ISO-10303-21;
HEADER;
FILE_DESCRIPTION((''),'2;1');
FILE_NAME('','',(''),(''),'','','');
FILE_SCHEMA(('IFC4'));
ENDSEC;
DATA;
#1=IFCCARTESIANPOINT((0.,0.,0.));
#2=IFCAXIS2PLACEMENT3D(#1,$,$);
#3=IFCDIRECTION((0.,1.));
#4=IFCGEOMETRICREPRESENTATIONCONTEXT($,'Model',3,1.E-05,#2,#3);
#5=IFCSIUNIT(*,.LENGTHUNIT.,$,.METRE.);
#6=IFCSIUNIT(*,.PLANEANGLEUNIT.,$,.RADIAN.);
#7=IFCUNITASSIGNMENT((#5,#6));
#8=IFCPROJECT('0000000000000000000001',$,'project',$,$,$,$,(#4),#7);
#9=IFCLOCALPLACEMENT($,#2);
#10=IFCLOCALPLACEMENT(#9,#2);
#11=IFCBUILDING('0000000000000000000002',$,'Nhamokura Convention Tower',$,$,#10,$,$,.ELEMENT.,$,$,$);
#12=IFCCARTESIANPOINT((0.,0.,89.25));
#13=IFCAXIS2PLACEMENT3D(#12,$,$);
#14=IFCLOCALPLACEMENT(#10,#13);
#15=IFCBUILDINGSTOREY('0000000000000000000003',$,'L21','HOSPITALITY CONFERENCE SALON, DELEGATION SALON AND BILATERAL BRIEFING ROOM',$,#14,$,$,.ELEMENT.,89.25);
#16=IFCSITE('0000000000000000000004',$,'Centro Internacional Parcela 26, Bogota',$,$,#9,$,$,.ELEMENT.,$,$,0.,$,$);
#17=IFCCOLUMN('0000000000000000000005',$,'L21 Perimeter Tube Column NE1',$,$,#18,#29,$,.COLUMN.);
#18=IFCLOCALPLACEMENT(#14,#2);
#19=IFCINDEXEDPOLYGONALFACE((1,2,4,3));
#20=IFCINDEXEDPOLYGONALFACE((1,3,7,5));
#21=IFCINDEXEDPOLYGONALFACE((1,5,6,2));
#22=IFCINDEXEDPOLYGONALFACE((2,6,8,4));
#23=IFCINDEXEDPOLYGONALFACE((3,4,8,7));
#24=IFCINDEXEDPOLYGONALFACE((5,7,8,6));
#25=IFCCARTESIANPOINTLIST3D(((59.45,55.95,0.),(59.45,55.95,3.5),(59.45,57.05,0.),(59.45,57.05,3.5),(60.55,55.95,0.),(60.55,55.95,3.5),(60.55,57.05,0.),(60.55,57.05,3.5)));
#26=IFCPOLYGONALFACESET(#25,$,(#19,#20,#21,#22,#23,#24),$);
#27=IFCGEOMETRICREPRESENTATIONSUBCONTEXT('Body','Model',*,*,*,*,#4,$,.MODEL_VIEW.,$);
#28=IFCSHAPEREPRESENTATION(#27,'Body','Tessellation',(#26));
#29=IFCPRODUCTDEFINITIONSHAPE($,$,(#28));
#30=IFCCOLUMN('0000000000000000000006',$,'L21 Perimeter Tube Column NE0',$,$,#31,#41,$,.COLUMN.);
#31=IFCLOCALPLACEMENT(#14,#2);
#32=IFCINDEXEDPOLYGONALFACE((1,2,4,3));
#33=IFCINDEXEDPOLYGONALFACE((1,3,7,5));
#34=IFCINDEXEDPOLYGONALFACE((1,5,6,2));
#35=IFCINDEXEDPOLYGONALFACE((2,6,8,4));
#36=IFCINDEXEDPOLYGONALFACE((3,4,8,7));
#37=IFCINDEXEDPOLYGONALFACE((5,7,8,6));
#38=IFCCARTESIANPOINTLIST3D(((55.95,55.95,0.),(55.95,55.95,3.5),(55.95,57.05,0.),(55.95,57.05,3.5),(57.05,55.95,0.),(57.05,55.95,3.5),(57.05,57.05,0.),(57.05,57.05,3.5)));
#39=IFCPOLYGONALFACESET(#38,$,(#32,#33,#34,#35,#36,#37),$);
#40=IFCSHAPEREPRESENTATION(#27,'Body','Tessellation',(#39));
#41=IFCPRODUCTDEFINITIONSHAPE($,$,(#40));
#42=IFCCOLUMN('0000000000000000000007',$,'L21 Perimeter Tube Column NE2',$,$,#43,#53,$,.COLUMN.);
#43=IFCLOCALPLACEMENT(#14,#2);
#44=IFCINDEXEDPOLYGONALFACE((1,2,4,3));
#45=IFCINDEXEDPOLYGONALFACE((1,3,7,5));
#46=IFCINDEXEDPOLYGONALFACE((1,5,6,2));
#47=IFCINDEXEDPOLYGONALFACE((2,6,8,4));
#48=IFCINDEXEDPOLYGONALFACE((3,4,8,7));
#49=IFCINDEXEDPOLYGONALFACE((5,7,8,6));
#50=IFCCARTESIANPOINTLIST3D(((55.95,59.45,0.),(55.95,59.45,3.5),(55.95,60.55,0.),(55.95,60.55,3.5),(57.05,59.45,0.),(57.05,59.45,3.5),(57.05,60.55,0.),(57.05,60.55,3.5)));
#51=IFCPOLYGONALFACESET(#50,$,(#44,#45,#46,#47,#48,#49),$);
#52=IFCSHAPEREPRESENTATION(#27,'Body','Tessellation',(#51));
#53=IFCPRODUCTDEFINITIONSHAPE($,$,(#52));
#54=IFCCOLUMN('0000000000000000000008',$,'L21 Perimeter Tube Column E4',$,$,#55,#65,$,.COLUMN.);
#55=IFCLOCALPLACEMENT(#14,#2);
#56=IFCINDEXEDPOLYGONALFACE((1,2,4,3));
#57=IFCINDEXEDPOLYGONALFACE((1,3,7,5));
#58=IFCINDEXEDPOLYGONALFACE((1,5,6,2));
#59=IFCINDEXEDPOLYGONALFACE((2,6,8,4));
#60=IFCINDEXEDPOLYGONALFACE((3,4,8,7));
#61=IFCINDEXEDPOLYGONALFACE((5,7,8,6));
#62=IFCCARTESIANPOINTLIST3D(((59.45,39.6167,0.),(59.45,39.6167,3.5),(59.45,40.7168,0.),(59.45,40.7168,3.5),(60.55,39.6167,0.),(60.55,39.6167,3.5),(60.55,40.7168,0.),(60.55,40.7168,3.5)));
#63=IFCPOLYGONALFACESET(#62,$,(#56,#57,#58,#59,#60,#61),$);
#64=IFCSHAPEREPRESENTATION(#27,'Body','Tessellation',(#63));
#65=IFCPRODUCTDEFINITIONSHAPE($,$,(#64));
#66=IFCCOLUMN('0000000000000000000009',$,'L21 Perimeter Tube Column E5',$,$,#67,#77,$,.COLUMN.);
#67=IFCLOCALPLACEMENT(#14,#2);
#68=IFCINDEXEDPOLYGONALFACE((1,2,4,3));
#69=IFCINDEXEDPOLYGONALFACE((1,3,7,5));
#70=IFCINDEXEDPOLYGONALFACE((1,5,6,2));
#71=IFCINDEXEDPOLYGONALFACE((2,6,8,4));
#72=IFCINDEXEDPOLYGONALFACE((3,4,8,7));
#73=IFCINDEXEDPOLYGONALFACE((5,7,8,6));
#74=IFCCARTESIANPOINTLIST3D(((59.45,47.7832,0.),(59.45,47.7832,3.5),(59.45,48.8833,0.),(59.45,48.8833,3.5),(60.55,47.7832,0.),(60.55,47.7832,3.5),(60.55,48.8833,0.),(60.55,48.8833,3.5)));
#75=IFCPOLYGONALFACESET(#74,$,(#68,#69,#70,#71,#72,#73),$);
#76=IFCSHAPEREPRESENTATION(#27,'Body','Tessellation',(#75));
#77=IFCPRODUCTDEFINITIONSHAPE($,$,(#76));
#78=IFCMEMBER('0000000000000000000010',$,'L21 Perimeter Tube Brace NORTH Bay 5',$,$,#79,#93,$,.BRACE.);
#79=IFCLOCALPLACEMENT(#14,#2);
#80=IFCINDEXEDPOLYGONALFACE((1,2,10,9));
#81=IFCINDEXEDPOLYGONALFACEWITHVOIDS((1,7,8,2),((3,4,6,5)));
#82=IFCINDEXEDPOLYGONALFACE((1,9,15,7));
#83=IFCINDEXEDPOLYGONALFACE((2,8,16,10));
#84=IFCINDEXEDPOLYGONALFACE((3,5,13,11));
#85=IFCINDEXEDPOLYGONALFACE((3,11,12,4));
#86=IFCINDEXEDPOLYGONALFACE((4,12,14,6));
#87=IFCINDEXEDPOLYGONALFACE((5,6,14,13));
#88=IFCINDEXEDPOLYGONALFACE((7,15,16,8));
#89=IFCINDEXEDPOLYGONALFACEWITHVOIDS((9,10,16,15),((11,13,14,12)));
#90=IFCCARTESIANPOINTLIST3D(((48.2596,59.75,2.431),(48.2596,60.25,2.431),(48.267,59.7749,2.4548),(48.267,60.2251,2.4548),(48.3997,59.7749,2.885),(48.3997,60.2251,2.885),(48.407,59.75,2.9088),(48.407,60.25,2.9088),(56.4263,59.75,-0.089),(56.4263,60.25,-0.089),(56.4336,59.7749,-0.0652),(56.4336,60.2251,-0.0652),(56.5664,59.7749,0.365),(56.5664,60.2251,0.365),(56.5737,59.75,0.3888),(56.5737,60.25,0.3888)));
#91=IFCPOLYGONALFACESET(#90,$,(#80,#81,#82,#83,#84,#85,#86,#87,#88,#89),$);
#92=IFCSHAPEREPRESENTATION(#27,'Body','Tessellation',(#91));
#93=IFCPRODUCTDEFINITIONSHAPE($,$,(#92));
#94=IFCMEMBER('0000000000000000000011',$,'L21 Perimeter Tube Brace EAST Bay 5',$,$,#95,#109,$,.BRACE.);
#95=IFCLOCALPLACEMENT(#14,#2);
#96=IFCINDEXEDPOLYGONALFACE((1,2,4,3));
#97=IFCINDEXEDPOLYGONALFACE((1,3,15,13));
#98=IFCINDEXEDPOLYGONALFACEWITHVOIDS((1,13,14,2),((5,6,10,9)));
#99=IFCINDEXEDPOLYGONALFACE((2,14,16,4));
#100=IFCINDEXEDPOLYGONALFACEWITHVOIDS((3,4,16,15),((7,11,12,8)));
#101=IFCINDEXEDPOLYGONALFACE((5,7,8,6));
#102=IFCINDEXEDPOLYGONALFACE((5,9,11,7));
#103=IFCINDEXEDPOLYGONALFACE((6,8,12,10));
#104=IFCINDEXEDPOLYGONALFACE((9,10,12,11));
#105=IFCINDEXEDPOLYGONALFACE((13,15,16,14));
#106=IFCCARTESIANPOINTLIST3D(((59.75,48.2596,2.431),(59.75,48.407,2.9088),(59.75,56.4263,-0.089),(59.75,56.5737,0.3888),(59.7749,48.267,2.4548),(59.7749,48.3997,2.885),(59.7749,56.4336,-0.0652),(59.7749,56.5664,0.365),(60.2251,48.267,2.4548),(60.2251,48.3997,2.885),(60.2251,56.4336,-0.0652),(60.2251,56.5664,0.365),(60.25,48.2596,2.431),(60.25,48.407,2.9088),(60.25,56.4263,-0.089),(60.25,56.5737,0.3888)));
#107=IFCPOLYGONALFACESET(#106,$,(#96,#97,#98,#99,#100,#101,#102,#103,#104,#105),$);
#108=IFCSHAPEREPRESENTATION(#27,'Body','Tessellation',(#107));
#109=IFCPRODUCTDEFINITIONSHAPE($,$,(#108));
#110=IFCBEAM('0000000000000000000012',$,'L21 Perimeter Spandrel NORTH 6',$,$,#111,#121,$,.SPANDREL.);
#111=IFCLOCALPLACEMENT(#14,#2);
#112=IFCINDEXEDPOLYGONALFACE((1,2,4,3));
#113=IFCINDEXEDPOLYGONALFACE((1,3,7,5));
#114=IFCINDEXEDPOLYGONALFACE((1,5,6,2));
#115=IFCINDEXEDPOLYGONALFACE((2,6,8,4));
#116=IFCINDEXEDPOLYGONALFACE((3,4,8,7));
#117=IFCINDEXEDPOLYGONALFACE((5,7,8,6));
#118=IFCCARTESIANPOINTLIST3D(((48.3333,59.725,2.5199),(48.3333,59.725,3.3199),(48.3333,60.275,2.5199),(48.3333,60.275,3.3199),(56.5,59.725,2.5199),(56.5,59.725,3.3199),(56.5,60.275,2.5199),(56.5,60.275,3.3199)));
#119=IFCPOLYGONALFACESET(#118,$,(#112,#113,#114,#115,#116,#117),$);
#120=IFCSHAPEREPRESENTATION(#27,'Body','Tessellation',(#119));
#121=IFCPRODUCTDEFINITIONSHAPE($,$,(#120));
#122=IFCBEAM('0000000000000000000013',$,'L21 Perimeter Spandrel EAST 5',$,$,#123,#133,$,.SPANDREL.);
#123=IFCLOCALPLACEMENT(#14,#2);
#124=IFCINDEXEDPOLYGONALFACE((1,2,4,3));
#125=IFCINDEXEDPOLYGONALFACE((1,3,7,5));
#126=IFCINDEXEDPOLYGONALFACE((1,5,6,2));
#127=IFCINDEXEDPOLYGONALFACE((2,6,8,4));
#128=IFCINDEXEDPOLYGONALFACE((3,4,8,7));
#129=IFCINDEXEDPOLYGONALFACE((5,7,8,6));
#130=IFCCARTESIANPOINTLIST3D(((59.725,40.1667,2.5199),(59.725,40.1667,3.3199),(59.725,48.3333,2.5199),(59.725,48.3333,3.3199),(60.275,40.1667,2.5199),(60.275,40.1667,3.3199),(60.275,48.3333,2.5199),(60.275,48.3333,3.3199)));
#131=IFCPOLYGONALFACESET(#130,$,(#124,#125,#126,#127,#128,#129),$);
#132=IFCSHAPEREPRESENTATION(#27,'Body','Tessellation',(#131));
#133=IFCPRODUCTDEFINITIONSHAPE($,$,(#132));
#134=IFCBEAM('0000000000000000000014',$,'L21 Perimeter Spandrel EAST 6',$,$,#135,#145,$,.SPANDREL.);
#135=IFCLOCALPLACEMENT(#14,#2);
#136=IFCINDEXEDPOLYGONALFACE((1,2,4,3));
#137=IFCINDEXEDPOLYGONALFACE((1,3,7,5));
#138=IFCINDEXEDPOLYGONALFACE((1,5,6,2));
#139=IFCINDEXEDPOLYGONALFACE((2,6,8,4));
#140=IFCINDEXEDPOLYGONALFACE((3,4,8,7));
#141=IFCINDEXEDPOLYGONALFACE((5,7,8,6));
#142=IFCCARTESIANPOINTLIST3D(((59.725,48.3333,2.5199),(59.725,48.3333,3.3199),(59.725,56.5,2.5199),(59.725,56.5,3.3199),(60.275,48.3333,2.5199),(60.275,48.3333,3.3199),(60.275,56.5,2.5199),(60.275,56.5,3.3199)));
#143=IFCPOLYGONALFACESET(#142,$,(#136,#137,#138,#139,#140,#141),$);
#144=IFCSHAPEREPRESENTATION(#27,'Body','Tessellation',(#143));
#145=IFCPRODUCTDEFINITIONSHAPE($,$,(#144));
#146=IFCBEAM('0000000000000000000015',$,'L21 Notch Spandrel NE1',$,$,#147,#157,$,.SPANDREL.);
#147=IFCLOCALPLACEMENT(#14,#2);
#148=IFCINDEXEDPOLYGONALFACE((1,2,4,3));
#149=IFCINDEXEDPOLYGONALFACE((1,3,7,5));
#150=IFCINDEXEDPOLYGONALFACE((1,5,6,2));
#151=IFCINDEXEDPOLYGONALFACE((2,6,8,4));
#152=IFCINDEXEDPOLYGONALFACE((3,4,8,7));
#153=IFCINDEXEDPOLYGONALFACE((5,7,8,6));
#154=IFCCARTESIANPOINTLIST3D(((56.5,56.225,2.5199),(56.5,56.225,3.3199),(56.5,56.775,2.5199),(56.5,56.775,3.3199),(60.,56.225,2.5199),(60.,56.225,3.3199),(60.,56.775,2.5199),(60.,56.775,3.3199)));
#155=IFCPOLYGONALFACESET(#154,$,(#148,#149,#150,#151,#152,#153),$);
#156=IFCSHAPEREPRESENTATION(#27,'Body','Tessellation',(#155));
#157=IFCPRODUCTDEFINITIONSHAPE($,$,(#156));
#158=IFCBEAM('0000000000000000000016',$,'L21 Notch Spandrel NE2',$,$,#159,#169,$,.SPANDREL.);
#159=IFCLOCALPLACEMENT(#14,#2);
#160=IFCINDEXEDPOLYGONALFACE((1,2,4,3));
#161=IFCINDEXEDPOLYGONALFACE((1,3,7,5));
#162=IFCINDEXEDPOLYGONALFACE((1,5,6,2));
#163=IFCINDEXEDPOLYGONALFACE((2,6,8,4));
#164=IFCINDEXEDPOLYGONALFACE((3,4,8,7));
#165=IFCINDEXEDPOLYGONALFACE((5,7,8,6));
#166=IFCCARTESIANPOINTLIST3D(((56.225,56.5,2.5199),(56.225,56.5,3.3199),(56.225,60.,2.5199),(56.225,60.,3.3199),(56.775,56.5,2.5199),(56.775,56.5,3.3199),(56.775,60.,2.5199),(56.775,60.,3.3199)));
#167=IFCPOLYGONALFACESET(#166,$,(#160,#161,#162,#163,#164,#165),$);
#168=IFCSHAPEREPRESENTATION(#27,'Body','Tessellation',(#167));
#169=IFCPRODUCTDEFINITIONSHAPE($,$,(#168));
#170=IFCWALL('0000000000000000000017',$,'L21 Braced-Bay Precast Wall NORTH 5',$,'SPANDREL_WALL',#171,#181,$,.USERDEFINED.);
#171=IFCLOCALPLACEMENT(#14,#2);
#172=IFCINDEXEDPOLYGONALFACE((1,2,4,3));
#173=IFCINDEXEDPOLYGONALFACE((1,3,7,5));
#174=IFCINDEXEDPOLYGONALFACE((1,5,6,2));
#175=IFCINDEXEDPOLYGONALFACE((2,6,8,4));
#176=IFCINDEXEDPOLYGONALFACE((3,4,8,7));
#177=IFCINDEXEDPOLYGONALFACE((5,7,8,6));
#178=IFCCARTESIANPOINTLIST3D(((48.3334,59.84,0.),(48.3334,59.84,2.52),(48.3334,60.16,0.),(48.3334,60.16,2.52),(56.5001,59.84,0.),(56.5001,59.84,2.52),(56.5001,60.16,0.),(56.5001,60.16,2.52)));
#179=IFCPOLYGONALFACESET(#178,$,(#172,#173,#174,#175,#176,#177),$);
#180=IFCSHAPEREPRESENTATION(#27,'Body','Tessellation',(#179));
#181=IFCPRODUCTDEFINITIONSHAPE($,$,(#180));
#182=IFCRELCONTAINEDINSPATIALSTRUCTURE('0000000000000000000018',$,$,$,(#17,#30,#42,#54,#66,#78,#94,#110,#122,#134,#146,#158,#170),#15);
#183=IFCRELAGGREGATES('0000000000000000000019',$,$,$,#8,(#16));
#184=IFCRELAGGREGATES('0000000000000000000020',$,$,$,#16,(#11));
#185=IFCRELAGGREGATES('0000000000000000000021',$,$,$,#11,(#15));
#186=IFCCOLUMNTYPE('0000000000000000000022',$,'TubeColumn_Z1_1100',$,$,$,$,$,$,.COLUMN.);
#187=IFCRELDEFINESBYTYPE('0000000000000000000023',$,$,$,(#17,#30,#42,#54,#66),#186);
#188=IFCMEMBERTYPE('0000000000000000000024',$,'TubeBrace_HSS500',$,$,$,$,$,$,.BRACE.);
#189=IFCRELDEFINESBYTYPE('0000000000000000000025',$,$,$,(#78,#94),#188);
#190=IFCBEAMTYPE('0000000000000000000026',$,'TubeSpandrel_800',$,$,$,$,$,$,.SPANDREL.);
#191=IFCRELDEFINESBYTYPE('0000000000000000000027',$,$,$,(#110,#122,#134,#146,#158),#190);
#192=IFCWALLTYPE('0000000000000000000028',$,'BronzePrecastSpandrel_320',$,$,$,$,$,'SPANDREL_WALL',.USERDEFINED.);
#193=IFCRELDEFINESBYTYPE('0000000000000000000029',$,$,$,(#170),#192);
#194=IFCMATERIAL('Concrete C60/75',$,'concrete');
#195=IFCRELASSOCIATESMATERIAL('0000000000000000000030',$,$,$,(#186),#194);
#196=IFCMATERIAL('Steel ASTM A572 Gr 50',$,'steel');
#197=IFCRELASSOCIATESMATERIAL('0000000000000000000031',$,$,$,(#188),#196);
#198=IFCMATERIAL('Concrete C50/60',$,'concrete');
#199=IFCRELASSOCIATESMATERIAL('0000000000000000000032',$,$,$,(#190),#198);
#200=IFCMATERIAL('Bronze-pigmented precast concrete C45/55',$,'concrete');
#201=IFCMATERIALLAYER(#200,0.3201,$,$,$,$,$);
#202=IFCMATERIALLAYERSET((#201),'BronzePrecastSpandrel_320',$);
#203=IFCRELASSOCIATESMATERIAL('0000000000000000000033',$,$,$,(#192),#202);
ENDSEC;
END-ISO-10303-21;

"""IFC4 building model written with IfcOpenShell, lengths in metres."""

from ifc_helpers import new_model, si_unit, direction, frame, frame_2d, origin, origin_2d, place, context, subcontext, project, spatial, rectangle, hollow_rectangle, extrude, material, layer, layer_set, material_profile, profile_set, type_object, element, save


model = new_model("IFC4")

# Units and contexts
model_context = context("Model", 3, precision=1e-05, world=origin(), true_north=direction((0.0, 1.0)))
body_context = subcontext(model_context, "Body", "Model", "MODEL_VIEW")
ifc_project = project(units=[si_unit("LENGTHUNIT", "METRE"), si_unit("PLANEANGLEUNIT", "RADIAN")], contexts=[model_context])

# Site, building, storey
site_placement = place(None, origin())
site = spatial("IfcSite", under=ifc_project, at=site_placement, Name="Centro Internacional Parcela 26, Bogota", CompositionType="ELEMENT", RefElevation=0.0)
building_placement = place(site_placement, origin())
building = spatial("IfcBuilding", under=site, at=building_placement, Name="Nhamokura Convention Tower", CompositionType="ELEMENT")
storey_placement = place(building_placement, frame((0.0, 0.0, 89.25)))
storey = spatial("IfcBuildingStorey", under=building, at=storey_placement, Name="L21", Description="HOSPITALITY CONFERENCE SALON, DELEGATION SALON AND BILATERAL BRIEFING ROOM", CompositionType="ELEMENT", Elevation=89.25)

# Columns
ifc_material_1 = material(Name="Concrete C60/75", Category="concrete")
ifc_material_profile_1 = material_profile(ifc_material_1, rectangle(XDim=1.1001, YDim=1.1001, at=origin_2d()))
ifc_profile_set_1 = profile_set([ifc_material_profile_1], Name="Concrete C60/75")
column_type = type_object("IfcColumnType", Name="TubeColumn_Z1_1100", PredefinedType="COLUMN", material=ifc_profile_set_1)
for number, where, z_axis, x_axis, name in (
    (1, (60.0, 56.5, 0.0), (0.0, 0.0, 1.0), (1.0, 0.0, 0.0), "L21 Perimeter Tube Column NE1"),
    (2, (56.5, 56.5, 0.0), (0.0, 0.0, 1.0), (1.0, 0.0, 0.0), "L21 Perimeter Tube Column NE0"),
    (3, (56.5, 60.0, 0.0), (0.0, 0.0, 1.0), (1.0, 0.0, 0.0), "L21 Perimeter Tube Column NE2"),
    (4, (60.0, 40.1667, 0.0), (0.0, 0.0, 1.0), (1.0, 0.0, 0.0), "L21 Perimeter Tube Column E4"),
    (5, (60.0, 48.3333, 0.0), (0.0, 0.0, 1.0), (1.0, 0.0, 0.0), "L21 Perimeter Tube Column E5"),
):
    element("IfcColumn", number, at=place(storey_placement, frame(where, z_axis=z_axis, x_axis=x_axis)), inside=storey, type_object=column_type, Name=name, PredefinedType="COLUMN", context=body_context, shape_type="SweptSolid", body=[
        extrude(rectangle(XDim=1.1001, YDim=1.1001, at=origin_2d()), origin(), (0.0, 0.0, 1.0), 3.5),
    ])

# Members
ifc_material_2 = material(Name="Steel ASTM A572 Gr 50", Category="steel")
ifc_material_profile_2 = material_profile(ifc_material_2, hollow_rectangle(XDim=0.5, YDim=0.5, WallThickness=0.0249, at=origin_2d()))
ifc_profile_set_2 = profile_set([ifc_material_profile_2], Name="Steel ASTM A572 Gr 50")
member_type = type_object("IfcMemberType", Name="TubeBrace_HSS500", PredefinedType="BRACE", material=ifc_profile_set_2)
for number, where, z_axis, x_axis, name in (
    (6, (56.5, 60.0, 0.1499), (-0.955543, 0.0, 0.294853), (0.0, -1.0, 0.0), "L21 Perimeter Tube Brace NORTH Bay 5"),
    (7, (60.0, 56.5, 0.1499), (0.0, -0.955543, 0.294853), (1.0, 0.0, 0.0), "L21 Perimeter Tube Brace EAST Bay 5"),
):
    element("IfcMember", number, at=place(storey_placement, frame(where, z_axis=z_axis, x_axis=x_axis)), inside=storey, type_object=member_type, Name=name, PredefinedType="BRACE", context=body_context, shape_type="SweptSolid", body=[
        extrude(hollow_rectangle(XDim=0.5, YDim=0.5, WallThickness=0.0249, at=origin_2d()), origin(), (0.0, 0.0, 1.0), 8.5466),
    ])

# Beams
ifc_material_3 = material(Name="Concrete C50/60", Category="concrete")
ifc_material_profile_3 = material_profile(ifc_material_3, rectangle(XDim=0.55, YDim=0.8, at=origin_2d()))
ifc_profile_set_3 = profile_set([ifc_material_profile_3], Name="Concrete C50/60")
beam_type = type_object("IfcBeamType", Name="TubeSpandrel_800", PredefinedType="SPANDREL", material=ifc_profile_set_3)
beam_1_placement = place(storey_placement, frame((48.3333, 60.0, 2.9199), z_axis=(1.0, 0.0, 0.0), x_axis=(0.0, 1.0, 0.0)))
element("IfcBeam", 8, at=beam_1_placement, inside=storey, type_object=beam_type, Name="L21 Perimeter Spandrel NORTH 6", PredefinedType="SPANDREL", context=body_context, shape_type="SweptSolid", body=[
    extrude(rectangle(XDim=0.55, YDim=0.8, at=origin_2d()), origin(), (0.0, 0.0, 1.0), 8.1667),
])
beam_2_placement = place(storey_placement, frame((60.0, 40.1667, 2.9199), z_axis=(0.0, 1.0, 0.0), x_axis=(-1.0, 0.0, 0.0)))
element("IfcBeam", 9, at=beam_2_placement, inside=storey, type_object=beam_type, Name="L21 Perimeter Spandrel EAST 5", PredefinedType="SPANDREL", context=body_context, shape_type="SweptSolid", body=[
    extrude(rectangle(XDim=0.55, YDim=0.8, at=origin_2d()), origin(), (0.0, 0.0, 1.0), 8.1665),
])
beam_3_placement = place(storey_placement, frame((60.0, 48.3333, 2.9199), z_axis=(0.0, 1.0, 0.0), x_axis=(-1.0, 0.0, 0.0)))
element("IfcBeam", 10, at=beam_3_placement, inside=storey, type_object=beam_type, Name="L21 Perimeter Spandrel EAST 6", PredefinedType="SPANDREL", context=body_context, shape_type="SweptSolid", body=[
    extrude(rectangle(XDim=0.55, YDim=0.8, at=origin_2d()), origin(), (0.0, 0.0, 1.0), 8.1667),
])
for number, where, z_axis, x_axis, name in (
    (11, (60.0, 56.5, 2.9199), (-1.0, 0.0, 0.0), (0.0, -1.0, 0.0), "L21 Notch Spandrel NE1"),
    (12, (56.5, 56.5, 2.9199), (0.0, 1.0, 0.0), (-1.0, 0.0, 0.0), "L21 Notch Spandrel NE2"),
):
    element("IfcBeam", number, at=place(storey_placement, frame(where, z_axis=z_axis, x_axis=x_axis)), inside=storey, type_object=beam_type, Name=name, PredefinedType="SPANDREL", context=body_context, shape_type="SweptSolid", body=[
        extrude(rectangle(XDim=0.55, YDim=0.8, at=origin_2d()), origin(), (0.0, 0.0, 1.0), 3.5),
    ])

# Wall
ifc_material_4 = material(Name="Bronze-pigmented precast concrete C45/55", Category="concrete")
ifc_layer = layer(ifc_material_4, 0.3201)
ifc_layer_set = layer_set([ifc_layer], Name="BronzePrecastSpandrel_320")
wall_type = type_object("IfcWallType", Name="BronzePrecastSpandrel_320", ElementType="SPANDREL_WALL", PredefinedType="USERDEFINED", material=ifc_layer_set)
wall_1_placement = place(storey_placement, frame((48.3333, 60.0, 0.0), z_axis=(0.0, 0.0, 1.0), x_axis=(1.0, 0.0, 0.0)))
element("IfcWall", 13, at=wall_1_placement, inside=storey, type_object=wall_type, Name="L21 Braced-Bay Precast Wall NORTH 5", ObjectType="SPANDREL_WALL", PredefinedType="USERDEFINED", context=body_context, shape_type="SweptSolid", body=[
    extrude(rectangle(XDim=8.1667, YDim=0.3201, at=frame_2d((4.0835, 0.0))), origin(), (0.0, 0.0, 1.0), 2.52),
])

save(model, "model.ifc")
